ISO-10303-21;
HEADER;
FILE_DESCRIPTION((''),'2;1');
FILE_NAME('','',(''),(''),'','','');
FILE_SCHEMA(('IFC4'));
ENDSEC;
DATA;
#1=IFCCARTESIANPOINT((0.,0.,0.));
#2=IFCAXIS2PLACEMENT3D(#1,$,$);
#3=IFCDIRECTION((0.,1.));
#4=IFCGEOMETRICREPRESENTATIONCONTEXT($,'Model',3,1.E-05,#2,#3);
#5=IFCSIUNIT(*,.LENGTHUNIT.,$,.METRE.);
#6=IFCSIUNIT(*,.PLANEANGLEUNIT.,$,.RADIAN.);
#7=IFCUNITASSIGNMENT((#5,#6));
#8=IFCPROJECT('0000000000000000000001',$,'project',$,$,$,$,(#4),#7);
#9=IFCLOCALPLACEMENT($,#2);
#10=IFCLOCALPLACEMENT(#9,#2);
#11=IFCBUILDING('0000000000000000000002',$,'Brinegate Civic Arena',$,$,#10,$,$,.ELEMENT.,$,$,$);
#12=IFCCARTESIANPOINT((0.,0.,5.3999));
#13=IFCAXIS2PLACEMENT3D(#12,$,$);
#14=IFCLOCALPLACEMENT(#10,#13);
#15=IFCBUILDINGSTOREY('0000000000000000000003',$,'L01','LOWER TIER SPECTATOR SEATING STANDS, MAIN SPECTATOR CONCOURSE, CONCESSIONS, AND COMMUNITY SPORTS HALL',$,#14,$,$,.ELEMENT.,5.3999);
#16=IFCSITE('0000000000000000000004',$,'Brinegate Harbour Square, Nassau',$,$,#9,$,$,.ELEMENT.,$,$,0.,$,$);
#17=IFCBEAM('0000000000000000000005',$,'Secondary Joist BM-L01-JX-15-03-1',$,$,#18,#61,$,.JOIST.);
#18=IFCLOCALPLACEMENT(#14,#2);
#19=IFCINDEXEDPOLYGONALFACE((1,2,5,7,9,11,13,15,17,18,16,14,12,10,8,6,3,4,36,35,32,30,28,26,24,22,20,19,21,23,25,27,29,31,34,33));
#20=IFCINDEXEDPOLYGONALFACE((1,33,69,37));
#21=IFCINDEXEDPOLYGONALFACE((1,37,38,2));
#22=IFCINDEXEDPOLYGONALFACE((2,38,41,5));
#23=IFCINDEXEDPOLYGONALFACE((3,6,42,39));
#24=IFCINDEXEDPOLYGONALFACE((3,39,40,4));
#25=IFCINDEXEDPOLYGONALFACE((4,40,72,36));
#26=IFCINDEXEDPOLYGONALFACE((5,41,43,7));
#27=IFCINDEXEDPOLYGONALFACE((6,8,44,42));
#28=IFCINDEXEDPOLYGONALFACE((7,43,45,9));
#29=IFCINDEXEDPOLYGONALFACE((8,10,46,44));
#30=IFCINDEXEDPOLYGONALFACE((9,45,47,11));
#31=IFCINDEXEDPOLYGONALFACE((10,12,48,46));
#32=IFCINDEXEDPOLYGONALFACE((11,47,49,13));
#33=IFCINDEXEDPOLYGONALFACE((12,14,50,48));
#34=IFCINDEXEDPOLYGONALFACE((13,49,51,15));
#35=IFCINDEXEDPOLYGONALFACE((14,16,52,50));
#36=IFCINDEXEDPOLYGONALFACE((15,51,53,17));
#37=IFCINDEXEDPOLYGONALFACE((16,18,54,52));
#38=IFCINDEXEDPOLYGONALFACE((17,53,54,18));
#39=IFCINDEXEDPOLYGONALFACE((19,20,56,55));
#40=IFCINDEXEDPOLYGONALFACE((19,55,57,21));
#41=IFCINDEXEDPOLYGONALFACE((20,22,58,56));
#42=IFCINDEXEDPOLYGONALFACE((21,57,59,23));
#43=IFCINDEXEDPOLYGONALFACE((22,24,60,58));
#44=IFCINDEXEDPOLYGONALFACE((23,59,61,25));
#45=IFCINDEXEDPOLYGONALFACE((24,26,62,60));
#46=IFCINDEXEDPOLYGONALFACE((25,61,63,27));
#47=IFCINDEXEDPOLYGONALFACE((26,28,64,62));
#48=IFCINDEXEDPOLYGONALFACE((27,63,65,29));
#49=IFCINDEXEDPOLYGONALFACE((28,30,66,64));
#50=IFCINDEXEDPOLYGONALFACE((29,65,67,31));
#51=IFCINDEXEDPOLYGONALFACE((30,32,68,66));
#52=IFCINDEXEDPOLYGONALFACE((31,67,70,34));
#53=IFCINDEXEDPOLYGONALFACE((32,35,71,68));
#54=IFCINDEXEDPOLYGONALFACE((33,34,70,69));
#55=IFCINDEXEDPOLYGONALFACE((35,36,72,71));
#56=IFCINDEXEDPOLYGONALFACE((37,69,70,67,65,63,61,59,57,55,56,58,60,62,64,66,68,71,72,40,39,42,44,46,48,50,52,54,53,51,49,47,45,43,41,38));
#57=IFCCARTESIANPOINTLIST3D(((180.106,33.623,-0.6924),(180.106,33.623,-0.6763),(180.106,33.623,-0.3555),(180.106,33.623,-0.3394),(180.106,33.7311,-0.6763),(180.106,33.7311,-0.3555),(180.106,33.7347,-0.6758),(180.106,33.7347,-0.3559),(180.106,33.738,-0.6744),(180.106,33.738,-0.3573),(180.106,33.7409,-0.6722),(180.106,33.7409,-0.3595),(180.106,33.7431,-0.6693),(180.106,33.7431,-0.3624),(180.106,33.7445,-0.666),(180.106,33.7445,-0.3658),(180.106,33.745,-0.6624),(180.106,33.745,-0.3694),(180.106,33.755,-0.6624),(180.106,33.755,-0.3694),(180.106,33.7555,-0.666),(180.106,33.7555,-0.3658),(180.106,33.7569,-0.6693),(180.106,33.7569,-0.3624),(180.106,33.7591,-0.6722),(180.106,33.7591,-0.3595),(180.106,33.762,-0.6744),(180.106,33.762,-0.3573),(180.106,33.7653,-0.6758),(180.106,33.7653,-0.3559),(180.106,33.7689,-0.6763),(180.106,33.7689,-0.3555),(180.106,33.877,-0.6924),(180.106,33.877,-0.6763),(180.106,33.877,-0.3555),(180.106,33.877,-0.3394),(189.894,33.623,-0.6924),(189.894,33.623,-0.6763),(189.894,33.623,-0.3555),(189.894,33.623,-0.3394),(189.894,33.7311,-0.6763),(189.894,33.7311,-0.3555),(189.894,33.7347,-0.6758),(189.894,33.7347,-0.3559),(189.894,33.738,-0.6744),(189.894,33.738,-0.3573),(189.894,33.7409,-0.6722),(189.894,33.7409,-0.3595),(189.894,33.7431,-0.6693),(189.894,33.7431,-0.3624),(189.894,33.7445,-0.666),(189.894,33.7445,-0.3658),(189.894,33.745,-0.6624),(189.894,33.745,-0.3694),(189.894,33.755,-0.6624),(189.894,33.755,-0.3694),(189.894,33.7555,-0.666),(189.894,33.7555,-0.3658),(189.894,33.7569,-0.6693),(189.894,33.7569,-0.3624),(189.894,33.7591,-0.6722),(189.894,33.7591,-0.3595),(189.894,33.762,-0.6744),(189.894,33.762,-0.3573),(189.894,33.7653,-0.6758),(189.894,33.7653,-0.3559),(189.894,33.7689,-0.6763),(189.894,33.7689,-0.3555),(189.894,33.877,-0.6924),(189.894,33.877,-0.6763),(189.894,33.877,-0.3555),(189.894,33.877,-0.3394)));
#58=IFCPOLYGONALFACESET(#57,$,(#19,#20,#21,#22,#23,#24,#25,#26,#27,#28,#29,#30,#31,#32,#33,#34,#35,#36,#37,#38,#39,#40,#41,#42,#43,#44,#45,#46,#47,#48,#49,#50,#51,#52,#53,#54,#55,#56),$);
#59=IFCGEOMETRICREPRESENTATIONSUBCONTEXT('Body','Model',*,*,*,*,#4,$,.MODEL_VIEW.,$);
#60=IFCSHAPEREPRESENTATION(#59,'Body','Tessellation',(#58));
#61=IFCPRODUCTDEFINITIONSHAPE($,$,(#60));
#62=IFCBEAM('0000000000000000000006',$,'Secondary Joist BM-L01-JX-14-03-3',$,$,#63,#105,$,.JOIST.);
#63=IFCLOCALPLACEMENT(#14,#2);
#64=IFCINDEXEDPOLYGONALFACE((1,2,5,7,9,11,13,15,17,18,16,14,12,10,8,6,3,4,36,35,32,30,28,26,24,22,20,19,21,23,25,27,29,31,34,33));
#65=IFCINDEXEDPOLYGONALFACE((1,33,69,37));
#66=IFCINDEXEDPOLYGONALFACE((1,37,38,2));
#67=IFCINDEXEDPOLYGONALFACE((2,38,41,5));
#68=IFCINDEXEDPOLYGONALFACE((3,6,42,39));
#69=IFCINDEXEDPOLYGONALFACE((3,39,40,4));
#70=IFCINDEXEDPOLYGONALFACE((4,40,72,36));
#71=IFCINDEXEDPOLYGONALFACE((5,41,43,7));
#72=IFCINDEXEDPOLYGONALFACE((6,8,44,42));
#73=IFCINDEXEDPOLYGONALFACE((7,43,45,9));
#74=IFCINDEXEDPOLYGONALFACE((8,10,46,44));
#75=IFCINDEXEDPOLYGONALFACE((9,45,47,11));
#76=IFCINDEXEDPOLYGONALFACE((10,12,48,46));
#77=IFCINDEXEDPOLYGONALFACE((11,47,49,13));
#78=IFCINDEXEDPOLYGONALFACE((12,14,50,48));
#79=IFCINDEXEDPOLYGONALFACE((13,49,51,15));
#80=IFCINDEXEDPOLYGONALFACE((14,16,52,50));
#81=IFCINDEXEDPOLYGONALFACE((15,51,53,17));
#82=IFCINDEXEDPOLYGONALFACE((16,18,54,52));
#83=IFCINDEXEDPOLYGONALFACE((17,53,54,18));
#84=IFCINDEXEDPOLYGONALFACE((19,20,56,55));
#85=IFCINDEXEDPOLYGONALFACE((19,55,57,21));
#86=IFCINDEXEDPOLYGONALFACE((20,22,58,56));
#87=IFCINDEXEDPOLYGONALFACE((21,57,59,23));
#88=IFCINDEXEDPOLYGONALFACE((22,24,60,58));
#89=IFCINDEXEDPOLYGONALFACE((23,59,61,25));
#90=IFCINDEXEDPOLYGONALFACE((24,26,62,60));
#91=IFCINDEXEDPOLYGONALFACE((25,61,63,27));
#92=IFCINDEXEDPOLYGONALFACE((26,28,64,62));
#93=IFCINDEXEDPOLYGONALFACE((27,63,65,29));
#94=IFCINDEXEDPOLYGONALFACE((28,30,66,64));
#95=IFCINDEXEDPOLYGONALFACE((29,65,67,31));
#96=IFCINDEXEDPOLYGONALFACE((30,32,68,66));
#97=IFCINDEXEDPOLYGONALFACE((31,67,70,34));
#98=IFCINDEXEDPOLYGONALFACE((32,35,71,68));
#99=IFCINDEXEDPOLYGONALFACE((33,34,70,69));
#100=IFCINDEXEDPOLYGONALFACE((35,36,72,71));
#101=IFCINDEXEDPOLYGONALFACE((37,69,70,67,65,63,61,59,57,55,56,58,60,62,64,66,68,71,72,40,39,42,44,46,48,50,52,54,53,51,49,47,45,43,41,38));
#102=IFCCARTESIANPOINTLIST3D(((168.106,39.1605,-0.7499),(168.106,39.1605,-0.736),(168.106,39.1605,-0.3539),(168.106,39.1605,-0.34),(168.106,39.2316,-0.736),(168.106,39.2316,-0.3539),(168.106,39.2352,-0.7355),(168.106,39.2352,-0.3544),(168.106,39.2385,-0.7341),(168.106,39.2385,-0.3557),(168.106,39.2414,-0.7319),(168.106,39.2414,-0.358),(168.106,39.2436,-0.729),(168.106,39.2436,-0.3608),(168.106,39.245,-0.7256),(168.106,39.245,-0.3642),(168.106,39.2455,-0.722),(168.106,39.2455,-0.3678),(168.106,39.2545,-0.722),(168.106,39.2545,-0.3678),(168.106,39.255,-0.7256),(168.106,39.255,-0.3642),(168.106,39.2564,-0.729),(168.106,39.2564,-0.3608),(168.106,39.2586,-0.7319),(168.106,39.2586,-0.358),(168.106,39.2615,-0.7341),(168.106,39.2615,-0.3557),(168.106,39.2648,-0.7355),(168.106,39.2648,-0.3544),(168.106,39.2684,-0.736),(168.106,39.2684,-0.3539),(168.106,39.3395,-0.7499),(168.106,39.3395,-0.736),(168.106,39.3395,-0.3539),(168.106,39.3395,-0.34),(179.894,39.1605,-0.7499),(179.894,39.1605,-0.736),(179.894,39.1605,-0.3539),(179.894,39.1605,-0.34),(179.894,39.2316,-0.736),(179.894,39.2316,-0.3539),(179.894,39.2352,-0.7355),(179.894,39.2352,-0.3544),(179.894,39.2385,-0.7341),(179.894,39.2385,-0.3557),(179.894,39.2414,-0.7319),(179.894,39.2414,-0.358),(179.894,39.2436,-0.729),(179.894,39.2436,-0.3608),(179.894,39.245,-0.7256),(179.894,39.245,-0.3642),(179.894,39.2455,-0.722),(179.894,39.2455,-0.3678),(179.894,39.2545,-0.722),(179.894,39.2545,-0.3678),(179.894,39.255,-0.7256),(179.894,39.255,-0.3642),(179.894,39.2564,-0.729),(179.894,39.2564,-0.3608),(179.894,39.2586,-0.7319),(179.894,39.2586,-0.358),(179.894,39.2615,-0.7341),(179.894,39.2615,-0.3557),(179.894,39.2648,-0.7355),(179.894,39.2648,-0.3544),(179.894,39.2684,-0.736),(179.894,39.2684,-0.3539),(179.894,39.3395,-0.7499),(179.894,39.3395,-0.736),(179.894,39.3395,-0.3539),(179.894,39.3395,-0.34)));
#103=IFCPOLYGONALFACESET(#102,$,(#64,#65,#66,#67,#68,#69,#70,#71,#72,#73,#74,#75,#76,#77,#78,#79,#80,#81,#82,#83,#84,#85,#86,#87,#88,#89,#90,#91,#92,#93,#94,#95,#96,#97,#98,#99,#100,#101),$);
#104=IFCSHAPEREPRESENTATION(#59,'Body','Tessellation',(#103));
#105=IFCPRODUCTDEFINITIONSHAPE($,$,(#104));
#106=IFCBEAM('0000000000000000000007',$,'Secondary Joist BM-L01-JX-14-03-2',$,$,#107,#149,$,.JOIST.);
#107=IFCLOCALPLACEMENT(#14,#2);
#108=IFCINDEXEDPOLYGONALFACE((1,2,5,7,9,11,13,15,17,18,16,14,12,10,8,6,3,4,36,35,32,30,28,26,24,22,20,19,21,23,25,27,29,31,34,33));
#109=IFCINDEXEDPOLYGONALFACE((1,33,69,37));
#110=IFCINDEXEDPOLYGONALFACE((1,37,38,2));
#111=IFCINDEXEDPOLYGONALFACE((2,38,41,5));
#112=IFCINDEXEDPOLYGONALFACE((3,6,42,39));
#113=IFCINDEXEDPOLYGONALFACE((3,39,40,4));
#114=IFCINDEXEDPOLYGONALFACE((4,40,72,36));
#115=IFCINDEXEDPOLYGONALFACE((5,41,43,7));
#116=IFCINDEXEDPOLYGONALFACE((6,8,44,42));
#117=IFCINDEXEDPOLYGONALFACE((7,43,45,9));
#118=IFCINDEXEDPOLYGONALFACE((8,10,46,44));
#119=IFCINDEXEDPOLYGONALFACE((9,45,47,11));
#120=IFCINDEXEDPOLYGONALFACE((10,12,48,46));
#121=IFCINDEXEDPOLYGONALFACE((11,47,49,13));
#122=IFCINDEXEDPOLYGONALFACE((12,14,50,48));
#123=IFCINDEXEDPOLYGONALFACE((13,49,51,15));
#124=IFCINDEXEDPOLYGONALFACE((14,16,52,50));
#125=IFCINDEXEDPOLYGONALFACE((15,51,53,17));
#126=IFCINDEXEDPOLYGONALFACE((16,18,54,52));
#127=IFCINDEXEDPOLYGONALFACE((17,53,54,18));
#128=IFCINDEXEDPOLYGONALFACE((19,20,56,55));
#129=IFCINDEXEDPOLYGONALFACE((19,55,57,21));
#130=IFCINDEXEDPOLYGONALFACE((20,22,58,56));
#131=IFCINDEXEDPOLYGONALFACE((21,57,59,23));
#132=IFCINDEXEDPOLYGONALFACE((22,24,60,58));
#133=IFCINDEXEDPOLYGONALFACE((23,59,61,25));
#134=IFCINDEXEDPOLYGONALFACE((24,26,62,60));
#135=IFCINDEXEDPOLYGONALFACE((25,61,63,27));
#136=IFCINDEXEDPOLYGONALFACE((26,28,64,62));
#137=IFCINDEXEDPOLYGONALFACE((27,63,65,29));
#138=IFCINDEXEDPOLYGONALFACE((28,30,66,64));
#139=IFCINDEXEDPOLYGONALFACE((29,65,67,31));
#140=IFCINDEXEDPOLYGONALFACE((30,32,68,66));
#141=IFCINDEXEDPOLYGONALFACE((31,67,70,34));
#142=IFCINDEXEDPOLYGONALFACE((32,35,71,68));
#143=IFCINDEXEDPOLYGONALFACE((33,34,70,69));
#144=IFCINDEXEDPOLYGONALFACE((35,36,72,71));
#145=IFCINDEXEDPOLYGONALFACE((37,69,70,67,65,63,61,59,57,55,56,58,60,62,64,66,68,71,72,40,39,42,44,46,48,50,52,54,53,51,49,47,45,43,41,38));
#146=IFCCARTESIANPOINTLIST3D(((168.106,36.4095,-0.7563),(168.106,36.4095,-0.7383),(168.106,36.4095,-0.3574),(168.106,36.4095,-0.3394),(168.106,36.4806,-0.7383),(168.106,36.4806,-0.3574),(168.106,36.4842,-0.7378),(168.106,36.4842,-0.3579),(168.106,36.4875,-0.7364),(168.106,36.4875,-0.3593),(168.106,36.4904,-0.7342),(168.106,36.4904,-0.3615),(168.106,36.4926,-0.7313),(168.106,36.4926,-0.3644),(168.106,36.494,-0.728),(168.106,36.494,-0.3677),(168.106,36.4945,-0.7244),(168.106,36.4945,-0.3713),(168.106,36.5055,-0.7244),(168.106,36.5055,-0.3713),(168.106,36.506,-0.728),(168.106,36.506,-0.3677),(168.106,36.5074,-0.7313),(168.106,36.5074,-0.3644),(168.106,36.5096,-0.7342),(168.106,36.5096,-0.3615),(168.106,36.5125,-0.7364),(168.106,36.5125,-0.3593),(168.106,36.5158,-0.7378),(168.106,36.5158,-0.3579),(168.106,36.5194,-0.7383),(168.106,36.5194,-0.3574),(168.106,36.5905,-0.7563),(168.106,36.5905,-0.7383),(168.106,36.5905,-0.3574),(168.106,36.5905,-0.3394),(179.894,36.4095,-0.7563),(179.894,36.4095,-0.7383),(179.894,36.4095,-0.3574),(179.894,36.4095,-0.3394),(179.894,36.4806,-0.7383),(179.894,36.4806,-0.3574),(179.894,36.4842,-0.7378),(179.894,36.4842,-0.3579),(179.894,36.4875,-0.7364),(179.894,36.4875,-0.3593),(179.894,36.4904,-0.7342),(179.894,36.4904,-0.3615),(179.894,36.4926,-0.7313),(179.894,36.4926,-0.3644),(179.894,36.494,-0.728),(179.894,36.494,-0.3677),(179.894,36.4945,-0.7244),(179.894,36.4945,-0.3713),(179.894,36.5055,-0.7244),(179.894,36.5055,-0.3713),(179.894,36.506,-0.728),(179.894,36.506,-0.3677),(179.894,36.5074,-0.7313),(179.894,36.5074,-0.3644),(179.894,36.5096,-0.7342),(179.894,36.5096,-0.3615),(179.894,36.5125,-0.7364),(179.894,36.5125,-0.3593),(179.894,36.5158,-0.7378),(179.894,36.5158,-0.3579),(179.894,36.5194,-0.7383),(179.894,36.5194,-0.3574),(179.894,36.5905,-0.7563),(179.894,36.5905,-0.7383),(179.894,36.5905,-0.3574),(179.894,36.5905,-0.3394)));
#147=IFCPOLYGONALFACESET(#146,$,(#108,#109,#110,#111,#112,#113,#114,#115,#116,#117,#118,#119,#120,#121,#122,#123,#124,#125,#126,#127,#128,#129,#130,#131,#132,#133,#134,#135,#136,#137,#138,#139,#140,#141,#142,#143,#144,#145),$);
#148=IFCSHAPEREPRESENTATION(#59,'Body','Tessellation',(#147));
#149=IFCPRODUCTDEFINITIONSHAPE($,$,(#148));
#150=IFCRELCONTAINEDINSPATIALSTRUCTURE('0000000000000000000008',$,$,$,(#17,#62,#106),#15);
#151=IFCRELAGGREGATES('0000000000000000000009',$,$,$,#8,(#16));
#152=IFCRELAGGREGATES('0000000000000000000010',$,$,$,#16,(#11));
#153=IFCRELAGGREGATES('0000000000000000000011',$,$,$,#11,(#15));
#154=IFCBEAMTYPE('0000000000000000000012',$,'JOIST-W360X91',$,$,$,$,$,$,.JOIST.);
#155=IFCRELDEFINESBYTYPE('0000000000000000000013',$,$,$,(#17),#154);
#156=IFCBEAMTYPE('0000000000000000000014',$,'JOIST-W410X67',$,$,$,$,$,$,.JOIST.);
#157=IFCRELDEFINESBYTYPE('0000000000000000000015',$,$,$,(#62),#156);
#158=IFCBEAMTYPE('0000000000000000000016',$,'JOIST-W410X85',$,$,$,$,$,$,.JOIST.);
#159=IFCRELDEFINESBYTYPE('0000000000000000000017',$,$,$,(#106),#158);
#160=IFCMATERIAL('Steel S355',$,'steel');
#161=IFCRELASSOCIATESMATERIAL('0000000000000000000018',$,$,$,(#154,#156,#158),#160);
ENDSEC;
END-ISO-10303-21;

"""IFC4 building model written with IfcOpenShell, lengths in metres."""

from ifc_helpers import new_model, si_unit, direction, frame, origin, origin_2d, place, context, subcontext, project, spatial, i_section, extrude, material, material_profile, profile_set, type_object, element, save


model = new_model("IFC4")

# Units and contexts
model_context = context("Model", 3, precision=1e-05, world=origin(), true_north=direction((0.0, 1.0)))
body_context = subcontext(model_context, "Body", "Model", "MODEL_VIEW")
ifc_project = project(units=[si_unit("LENGTHUNIT", "METRE"), si_unit("PLANEANGLEUNIT", "RADIAN")], contexts=[model_context])

# Site, building, storey
site_placement = place(None, origin())
site = spatial("IfcSite", under=ifc_project, at=site_placement, Name="Brinegate Harbour Square, Nassau", CompositionType="ELEMENT", RefElevation=0.0)
building_placement = place(site_placement, origin())
building = spatial("IfcBuilding", under=site, at=building_placement, Name="Brinegate Civic Arena", CompositionType="ELEMENT")
storey_placement = place(building_placement, frame((0.0, 0.0, 5.3999)))
storey = spatial("IfcBuildingStorey", under=building, at=storey_placement, Name="L01", Description="LOWER TIER SPECTATOR SEATING STANDS, MAIN SPECTATOR CONCOURSE, CONCESSIONS, AND COMMUNITY SPORTS HALL", CompositionType="ELEMENT", Elevation=5.3999)

# Beams
ifc_material_1 = material(Name="Steel S355", Category="steel")
ifc_material_profile_1 = material_profile(ifc_material_1, i_section(OverallWidth=0.2539, OverallDepth=0.353, WebThickness=0.01, FlangeThickness=0.0161, FilletRadius=0.0139, at=origin_2d()), Name="W360X91")
ifc_profile_set_1 = profile_set([ifc_material_profile_1], Name="Steel S355")
beam_type_1 = type_object("IfcBeamType", Name="JOIST-W360X91", PredefinedType="JOIST", material=ifc_profile_set_1)
beam_1_placement = place(storey_placement, frame((180.106, 33.75, -0.5159), z_axis=(1.0, 0.0, 0.0), x_axis=(0.0, 1.0, 0.0)))
element("IfcBeam", 1, at=beam_1_placement, inside=storey, type_object=beam_type_1, Name="Secondary Joist BM-L01-JX-15-03-1", PredefinedType="JOIST", context=body_context, shape_type="SweptSolid", body=[
    extrude(i_section(OverallWidth=0.2539, OverallDepth=0.353, WebThickness=0.01, FlangeThickness=0.0161, FilletRadius=0.0139, at=origin_2d()), origin(), (0.0, 0.0, 1.0), 9.7881),
])
ifc_material_profile_2 = material_profile(ifc_material_1, i_section(OverallWidth=0.179, OverallDepth=0.4099, WebThickness=0.009, FlangeThickness=0.0139, FilletRadius=0.0139, at=origin_2d()), Name="W410X67")
ifc_profile_set_2 = profile_set([ifc_material_profile_2], Name="Steel S355")
beam_type_2 = type_object("IfcBeamType", Name="JOIST-W410X67", PredefinedType="JOIST", material=ifc_profile_set_2)
beam_2_placement = place(storey_placement, frame((168.106, 39.25, -0.5449), z_axis=(1.0, 0.0, 0.0), x_axis=(0.0, 1.0, 0.0)))
element("IfcBeam", 2, at=beam_2_placement, inside=storey, type_object=beam_type_2, Name="Secondary Joist BM-L01-JX-14-03-3", PredefinedType="JOIST", context=body_context, shape_type="SweptSolid", body=[
    extrude(i_section(OverallWidth=0.179, OverallDepth=0.4099, WebThickness=0.009, FlangeThickness=0.0139, FilletRadius=0.0139, at=origin_2d()), origin(), (0.0, 0.0, 1.0), 11.7881),
])
ifc_material_profile_3 = material_profile(ifc_material_1, i_section(OverallWidth=0.1809, OverallDepth=0.417, WebThickness=0.011, FlangeThickness=0.0181, FilletRadius=0.0139, at=origin_2d()), Name="W410X85")
ifc_profile_set_3 = profile_set([ifc_material_profile_3], Name="Steel S355")
beam_type_3 = type_object("IfcBeamType", Name="JOIST-W410X85", PredefinedType="JOIST", material=ifc_profile_set_3)
beam_3_placement = place(storey_placement, frame((168.106, 36.5, -0.5479), z_axis=(1.0, 0.0, 0.0), x_axis=(0.0, 1.0, 0.0)))
element("IfcBeam", 3, at=beam_3_placement, inside=storey, type_object=beam_type_3, Name="Secondary Joist BM-L01-JX-14-03-2", PredefinedType="JOIST", context=body_context, shape_type="SweptSolid", body=[
    extrude(i_section(OverallWidth=0.1809, OverallDepth=0.417, WebThickness=0.011, FlangeThickness=0.0181, FilletRadius=0.0139, at=origin_2d()), origin(), (0.0, 0.0, 1.0), 11.7881),
])

save(model, "model.ifc")
